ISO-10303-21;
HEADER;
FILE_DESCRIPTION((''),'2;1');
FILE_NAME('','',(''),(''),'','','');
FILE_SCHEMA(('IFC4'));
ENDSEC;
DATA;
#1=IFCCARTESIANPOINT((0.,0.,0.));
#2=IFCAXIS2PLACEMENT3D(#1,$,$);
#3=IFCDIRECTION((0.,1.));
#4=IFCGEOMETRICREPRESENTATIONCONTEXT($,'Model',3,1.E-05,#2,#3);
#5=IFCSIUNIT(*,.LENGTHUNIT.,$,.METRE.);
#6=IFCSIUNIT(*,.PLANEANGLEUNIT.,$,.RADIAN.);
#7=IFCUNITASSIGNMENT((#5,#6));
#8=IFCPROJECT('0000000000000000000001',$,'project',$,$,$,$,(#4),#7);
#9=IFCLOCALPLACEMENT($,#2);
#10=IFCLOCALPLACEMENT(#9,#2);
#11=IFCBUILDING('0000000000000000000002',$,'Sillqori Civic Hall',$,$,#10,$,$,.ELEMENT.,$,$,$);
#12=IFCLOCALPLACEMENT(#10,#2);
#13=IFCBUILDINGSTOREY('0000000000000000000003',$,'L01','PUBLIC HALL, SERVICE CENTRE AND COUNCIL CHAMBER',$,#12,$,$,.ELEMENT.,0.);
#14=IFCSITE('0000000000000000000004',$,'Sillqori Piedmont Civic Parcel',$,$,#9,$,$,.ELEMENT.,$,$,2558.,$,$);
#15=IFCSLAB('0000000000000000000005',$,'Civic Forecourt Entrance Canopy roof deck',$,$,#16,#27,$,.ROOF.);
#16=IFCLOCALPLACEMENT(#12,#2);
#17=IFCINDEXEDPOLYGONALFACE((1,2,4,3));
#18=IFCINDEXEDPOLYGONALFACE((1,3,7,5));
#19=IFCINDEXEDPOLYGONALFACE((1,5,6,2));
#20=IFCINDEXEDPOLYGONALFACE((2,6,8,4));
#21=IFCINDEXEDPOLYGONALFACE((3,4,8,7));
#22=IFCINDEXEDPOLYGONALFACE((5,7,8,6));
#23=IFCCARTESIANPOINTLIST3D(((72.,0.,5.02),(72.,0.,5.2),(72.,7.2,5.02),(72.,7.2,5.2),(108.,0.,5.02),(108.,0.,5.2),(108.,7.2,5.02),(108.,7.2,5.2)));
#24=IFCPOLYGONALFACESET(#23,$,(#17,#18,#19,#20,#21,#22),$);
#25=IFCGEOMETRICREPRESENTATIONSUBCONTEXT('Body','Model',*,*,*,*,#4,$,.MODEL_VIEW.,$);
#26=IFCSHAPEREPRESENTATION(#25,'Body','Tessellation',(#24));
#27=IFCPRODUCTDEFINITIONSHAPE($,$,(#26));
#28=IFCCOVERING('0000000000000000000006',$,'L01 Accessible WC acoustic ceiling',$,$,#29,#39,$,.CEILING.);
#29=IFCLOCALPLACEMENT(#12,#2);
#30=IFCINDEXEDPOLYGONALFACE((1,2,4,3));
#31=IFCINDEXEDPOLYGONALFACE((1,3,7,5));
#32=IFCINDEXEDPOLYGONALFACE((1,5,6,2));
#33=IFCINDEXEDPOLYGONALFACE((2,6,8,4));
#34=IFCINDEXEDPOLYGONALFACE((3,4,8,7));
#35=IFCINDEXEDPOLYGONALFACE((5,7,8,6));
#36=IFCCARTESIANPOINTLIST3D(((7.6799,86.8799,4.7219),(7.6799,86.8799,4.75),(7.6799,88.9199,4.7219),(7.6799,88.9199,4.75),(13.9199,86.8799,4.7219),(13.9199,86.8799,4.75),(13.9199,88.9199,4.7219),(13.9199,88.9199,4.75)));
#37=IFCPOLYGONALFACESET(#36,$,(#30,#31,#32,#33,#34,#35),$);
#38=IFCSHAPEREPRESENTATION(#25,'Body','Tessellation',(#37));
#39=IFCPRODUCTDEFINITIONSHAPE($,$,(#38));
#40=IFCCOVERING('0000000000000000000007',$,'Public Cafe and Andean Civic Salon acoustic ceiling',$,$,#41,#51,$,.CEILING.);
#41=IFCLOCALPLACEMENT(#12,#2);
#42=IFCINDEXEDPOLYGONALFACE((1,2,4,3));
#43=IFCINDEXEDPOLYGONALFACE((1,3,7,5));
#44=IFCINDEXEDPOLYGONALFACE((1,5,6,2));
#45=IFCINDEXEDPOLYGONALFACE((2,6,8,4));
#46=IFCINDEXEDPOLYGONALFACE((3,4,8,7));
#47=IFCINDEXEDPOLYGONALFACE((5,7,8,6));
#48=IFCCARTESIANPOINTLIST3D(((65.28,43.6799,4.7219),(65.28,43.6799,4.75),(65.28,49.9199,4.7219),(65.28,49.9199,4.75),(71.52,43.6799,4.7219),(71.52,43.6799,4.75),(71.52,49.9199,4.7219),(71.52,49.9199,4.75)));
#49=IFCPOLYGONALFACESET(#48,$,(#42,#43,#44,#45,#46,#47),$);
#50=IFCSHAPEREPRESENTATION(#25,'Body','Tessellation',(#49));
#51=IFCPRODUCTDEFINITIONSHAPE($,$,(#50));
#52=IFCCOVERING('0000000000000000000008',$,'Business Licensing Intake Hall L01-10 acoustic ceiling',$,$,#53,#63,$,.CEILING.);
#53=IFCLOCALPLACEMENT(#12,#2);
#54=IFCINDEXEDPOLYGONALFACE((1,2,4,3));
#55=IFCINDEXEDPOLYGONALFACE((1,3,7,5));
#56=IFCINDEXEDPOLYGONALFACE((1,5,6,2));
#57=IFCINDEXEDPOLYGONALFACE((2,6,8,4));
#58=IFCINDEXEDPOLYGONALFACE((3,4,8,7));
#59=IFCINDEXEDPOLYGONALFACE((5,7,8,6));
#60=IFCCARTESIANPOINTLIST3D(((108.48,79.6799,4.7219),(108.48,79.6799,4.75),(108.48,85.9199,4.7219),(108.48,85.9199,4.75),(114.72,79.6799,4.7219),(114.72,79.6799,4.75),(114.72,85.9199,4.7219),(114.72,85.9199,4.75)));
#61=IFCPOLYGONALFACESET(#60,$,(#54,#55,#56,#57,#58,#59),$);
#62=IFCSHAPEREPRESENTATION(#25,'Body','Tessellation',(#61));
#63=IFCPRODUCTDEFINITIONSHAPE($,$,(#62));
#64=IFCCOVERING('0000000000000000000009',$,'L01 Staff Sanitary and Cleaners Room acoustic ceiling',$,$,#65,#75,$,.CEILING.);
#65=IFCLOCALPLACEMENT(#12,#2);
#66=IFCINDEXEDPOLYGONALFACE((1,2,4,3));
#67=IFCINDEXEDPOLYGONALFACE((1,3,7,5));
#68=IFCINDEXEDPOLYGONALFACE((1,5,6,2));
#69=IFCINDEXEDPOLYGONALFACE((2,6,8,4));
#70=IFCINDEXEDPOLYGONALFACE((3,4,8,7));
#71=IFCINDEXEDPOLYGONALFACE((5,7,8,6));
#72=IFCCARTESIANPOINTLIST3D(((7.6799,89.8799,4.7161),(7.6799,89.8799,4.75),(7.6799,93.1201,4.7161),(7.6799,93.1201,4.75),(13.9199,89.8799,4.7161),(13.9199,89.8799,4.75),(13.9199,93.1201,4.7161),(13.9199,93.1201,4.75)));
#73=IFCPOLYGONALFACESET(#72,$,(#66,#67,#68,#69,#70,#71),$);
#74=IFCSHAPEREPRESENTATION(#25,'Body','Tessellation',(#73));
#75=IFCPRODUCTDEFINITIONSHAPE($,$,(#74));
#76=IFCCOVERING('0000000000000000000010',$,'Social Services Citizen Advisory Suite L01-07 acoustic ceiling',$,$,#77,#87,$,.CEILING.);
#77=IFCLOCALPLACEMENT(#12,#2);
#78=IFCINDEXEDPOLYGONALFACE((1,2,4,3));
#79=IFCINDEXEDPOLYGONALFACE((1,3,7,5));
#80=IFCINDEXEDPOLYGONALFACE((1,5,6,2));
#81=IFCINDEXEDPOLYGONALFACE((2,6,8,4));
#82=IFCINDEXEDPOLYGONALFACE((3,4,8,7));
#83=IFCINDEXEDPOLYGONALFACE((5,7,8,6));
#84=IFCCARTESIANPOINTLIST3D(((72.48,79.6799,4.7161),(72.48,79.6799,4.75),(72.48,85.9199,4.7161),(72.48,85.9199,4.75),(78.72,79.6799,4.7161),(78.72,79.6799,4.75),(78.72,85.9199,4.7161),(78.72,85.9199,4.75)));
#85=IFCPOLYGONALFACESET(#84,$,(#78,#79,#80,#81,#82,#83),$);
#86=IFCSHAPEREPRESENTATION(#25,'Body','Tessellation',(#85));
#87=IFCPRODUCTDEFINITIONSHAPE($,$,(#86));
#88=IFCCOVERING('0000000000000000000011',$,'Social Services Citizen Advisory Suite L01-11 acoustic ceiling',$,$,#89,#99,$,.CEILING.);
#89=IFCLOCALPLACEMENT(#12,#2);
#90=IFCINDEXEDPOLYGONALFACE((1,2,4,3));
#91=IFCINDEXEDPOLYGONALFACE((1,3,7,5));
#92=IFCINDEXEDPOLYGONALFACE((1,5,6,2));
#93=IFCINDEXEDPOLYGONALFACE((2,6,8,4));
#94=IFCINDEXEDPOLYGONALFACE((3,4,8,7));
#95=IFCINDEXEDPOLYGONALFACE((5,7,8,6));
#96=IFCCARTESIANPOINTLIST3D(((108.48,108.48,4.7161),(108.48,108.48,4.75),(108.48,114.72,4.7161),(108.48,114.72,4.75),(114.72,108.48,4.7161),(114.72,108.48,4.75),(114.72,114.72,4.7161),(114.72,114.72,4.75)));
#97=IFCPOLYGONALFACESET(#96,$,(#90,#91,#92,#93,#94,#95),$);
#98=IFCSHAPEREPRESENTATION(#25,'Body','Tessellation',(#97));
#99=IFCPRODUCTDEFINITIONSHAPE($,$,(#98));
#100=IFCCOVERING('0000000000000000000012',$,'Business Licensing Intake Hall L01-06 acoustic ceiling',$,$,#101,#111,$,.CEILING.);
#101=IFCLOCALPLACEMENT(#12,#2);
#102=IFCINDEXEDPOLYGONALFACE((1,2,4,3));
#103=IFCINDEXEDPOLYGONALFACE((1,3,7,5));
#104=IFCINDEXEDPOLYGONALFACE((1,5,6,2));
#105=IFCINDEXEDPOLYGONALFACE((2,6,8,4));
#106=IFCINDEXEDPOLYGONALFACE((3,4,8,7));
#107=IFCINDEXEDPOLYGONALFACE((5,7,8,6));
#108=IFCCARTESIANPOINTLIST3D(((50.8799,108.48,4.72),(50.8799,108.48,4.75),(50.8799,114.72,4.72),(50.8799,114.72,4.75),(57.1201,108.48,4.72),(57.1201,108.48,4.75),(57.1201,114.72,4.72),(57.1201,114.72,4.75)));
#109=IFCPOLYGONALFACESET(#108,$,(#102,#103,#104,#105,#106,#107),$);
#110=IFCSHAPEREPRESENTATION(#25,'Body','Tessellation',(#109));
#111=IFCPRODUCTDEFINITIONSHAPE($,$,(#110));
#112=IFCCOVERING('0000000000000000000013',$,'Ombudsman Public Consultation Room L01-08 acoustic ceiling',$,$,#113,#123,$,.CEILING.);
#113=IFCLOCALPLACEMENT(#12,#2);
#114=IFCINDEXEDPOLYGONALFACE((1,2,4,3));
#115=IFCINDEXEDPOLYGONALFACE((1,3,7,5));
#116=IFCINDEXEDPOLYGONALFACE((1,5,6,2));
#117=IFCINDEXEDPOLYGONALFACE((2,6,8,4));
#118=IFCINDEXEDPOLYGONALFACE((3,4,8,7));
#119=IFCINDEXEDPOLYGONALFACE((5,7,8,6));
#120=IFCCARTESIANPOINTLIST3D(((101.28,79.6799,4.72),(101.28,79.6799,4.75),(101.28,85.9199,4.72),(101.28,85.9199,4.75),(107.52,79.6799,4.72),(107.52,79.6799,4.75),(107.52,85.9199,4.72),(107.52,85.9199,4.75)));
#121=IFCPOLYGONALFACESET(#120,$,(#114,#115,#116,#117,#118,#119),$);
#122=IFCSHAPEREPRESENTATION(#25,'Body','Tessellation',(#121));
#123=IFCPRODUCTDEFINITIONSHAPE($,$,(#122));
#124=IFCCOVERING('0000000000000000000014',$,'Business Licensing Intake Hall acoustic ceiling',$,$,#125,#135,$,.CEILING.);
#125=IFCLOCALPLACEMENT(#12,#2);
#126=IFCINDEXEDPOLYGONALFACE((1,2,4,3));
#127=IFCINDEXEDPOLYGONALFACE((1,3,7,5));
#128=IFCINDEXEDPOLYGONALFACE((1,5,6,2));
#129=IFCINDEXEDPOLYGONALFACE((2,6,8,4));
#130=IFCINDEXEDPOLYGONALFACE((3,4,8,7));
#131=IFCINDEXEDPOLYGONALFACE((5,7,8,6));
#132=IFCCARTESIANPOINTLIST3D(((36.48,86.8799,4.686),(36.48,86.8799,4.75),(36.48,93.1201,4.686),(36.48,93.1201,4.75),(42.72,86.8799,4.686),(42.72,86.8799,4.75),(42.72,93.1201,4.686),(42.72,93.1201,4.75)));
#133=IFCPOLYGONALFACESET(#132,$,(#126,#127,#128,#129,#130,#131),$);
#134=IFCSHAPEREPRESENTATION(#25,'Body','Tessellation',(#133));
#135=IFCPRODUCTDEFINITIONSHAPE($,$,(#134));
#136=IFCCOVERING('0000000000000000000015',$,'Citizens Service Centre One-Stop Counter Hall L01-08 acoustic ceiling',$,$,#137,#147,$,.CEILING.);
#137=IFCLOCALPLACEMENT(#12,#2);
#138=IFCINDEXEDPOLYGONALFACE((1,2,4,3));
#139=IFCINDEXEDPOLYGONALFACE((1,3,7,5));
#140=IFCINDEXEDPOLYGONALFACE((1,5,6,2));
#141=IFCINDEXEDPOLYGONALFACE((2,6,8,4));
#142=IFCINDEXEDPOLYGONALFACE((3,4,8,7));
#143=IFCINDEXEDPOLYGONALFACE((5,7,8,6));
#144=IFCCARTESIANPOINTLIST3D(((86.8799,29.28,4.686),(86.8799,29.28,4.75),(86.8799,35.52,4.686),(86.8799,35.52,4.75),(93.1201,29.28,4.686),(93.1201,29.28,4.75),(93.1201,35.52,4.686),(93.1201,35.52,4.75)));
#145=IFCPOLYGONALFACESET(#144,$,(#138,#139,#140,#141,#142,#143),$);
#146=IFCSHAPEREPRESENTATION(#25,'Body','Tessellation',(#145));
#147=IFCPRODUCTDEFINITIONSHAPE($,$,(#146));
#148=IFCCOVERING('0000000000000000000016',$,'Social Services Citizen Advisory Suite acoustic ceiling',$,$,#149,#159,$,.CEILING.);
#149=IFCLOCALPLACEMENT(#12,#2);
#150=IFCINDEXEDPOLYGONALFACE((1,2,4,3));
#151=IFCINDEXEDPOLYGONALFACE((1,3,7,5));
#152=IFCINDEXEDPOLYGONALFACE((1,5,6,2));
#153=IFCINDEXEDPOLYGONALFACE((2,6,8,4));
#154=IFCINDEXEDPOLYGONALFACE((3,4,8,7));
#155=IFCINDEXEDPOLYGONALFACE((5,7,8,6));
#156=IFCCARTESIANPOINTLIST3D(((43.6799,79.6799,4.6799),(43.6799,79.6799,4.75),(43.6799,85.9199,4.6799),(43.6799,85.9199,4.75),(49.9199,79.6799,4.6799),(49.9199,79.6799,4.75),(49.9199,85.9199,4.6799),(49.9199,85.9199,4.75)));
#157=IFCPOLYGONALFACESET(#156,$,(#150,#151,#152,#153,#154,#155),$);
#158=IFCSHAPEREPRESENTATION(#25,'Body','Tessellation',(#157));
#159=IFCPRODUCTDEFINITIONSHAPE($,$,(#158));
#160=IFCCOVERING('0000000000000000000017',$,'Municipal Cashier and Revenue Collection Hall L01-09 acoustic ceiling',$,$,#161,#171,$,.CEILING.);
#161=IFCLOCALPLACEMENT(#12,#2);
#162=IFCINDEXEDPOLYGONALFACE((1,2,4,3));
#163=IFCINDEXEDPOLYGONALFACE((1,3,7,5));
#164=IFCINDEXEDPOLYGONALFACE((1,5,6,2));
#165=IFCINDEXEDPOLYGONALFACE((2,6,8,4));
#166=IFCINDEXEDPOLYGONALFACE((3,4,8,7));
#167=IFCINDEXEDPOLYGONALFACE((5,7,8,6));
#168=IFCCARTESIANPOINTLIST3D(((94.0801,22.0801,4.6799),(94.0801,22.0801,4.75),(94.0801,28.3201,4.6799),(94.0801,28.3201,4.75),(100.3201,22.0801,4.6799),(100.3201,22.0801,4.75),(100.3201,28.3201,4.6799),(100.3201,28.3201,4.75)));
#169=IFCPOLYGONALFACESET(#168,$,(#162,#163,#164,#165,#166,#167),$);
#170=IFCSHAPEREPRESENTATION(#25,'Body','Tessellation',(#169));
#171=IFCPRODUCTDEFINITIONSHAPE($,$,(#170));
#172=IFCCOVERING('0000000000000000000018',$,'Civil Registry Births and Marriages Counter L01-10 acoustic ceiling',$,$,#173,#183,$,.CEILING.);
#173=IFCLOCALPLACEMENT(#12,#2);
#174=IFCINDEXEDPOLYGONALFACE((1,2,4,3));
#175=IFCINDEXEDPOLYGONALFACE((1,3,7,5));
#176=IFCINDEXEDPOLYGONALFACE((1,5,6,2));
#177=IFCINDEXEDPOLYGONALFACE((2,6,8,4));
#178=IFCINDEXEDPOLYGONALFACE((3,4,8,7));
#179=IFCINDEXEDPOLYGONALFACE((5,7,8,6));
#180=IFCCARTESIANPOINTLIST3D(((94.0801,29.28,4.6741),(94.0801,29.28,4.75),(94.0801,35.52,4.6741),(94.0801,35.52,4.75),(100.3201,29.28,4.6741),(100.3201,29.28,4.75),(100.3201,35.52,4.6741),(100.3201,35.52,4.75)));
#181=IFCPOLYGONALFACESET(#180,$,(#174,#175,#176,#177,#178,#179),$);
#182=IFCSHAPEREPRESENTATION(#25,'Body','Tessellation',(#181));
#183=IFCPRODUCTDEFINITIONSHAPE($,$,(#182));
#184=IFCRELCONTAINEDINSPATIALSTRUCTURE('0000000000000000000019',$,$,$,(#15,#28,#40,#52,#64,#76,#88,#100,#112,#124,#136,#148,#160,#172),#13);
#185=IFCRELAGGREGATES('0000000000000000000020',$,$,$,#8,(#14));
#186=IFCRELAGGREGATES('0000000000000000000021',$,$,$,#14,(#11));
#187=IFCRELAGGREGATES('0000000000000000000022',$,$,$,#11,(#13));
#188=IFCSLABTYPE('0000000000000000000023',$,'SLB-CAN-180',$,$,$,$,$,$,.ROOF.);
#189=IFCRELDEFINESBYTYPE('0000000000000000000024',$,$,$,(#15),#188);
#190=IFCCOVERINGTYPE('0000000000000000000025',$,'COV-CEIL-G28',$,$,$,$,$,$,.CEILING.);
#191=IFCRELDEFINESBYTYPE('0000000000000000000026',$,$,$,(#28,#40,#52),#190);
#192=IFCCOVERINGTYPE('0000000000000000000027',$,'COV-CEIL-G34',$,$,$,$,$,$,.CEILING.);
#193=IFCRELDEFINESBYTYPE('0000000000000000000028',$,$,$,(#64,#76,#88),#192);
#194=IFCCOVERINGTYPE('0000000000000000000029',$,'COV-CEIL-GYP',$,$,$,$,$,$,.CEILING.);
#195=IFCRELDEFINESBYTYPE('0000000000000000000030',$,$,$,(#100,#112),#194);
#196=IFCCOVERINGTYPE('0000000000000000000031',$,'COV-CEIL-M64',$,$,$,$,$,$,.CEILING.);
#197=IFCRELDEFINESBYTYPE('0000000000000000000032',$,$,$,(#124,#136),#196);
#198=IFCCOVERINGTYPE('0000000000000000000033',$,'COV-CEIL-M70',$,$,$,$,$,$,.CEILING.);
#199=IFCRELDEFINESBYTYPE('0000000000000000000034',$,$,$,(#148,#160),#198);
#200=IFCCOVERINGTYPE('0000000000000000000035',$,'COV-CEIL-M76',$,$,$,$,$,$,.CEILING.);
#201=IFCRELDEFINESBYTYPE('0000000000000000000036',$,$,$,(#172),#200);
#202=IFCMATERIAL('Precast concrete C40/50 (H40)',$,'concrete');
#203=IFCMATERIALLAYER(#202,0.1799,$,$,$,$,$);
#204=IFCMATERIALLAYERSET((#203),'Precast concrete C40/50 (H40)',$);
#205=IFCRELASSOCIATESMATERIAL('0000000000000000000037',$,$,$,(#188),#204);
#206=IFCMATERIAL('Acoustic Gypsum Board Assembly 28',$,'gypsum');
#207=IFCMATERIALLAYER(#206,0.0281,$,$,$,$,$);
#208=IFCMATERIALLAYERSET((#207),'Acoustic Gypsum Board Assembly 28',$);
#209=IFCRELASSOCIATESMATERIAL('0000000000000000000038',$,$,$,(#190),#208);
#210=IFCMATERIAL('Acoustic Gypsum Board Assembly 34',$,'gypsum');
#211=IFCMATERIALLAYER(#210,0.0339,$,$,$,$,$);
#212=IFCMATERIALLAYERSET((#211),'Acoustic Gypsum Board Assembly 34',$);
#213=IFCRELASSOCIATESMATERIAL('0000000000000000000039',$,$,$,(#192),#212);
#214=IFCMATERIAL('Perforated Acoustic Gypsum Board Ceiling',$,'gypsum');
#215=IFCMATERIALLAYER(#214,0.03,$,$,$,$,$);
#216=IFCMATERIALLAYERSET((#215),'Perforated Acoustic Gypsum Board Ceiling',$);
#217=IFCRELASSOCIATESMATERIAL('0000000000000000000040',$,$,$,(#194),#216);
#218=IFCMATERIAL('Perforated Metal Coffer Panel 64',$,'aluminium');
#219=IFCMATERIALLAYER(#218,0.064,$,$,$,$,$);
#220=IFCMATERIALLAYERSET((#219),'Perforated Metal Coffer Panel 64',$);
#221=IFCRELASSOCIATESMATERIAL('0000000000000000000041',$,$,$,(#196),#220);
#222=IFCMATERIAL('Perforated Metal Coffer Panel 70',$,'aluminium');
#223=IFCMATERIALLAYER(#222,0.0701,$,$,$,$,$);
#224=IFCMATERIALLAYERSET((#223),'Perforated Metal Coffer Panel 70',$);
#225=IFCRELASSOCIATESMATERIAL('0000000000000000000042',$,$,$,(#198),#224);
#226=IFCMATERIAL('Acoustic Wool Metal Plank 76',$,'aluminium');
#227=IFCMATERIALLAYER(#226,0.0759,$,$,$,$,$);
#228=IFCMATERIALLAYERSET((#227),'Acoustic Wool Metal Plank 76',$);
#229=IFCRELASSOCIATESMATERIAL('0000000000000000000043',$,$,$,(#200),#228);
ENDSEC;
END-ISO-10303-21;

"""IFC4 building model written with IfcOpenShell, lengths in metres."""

from ifc_helpers import new_model, si_unit, direction, frame, origin, place, context, subcontext, project, spatial, polyline, outline, extrude, material, layer, layer_set, type_object, element, save


model = new_model("IFC4")

# Units and contexts
model_context = context("Model", 3, precision=1e-05, world=origin(), true_north=direction((0.0, 1.0)))
body_context = subcontext(model_context, "Body", "Model", "MODEL_VIEW")
ifc_project = project(units=[si_unit("LENGTHUNIT", "METRE"), si_unit("PLANEANGLEUNIT", "RADIAN")], contexts=[model_context])

# Site, building, storey
site_placement = place(None, origin())
site = spatial("IfcSite", under=ifc_project, at=site_placement, Name="Sillqori Piedmont Civic Parcel", CompositionType="ELEMENT", RefElevation=2558.0)
building_placement = place(site_placement, origin())
building = spatial("IfcBuilding", under=site, at=building_placement, Name="Sillqori Civic Hall", CompositionType="ELEMENT")
storey_placement = place(building_placement, origin())
storey = spatial("IfcBuildingStorey", under=building, at=storey_placement, Name="L01", Description="PUBLIC HALL, SERVICE CENTRE AND COUNCIL CHAMBER", CompositionType="ELEMENT", Elevation=0.0)

# Slab
ifc_material_1 = material(Name="Precast concrete C40/50 (H40)", Category="concrete")
ifc_layer_1 = layer(ifc_material_1, 0.1799)
ifc_layer_set_1 = layer_set([ifc_layer_1], Name="Precast concrete C40/50 (H40)")
slab_type = type_object("IfcSlabType", Name="SLB-CAN-180", PredefinedType="ROOF", material=ifc_layer_set_1)
slab_placement = place(storey_placement, frame((0.0, 0.0, 5.02)))
element("IfcSlab", 1, at=slab_placement, inside=storey, type_object=slab_type, Name="Civic Forecourt Entrance Canopy roof deck", PredefinedType="ROOF", context=body_context, shape_type="SweptSolid", body=[
    extrude(outline(polyline([(108.0, 0.0), (108.0, 7.2), (72.0, 7.2), (72.0, 0.0), (108.0, 0.0)])), origin(), (0.0, 0.0, 1.0), 0.1799),
])

# Coverings
ifc_material_2 = material(Name="Acoustic Gypsum Board Assembly 28", Category="gypsum")
ifc_layer_2 = layer(ifc_material_2, 0.0281)
ifc_layer_set_2 = layer_set([ifc_layer_2], Name="Acoustic Gypsum Board Assembly 28")
covering_type_1 = type_object("IfcCoveringType", Name="COV-CEIL-G28", PredefinedType="CEILING", material=ifc_layer_set_2)
covering_1_placement = place(storey_placement, frame((0.0, 0.0, 4.7219)))
element("IfcCovering", 2, at=covering_1_placement, inside=storey, type_object=covering_type_1, Name="L01 Accessible WC acoustic ceiling", PredefinedType="CEILING", context=body_context, shape_type="SweptSolid", body=[
    extrude(outline(polyline([(7.6799, 86.8799), (13.9199, 86.8799), (13.9199, 88.9199), (7.6799, 88.9199), (7.6799, 86.8799)])), origin(), (0.0, 0.0, 1.0), 0.0281),
])
covering_2_placement = place(storey_placement, frame((0.0, 0.0, 4.7219)))
element("IfcCovering", 3, at=covering_2_placement, inside=storey, type_object=covering_type_1, Name="Public Cafe and Andean Civic Salon acoustic ceiling", PredefinedType="CEILING", context=body_context, shape_type="SweptSolid", body=[
    extrude(outline(polyline([(65.28, 43.6799), (71.52, 43.6799), (71.52, 49.9199), (65.28, 49.9199), (65.28, 43.6799)])), origin(), (0.0, 0.0, 1.0), 0.0281),
])
covering_3_placement = place(storey_placement, frame((0.0, 0.0, 4.7219)))
element("IfcCovering", 4, at=covering_3_placement, inside=storey, type_object=covering_type_1, Name="Business Licensing Intake Hall L01-10 acoustic ceiling", PredefinedType="CEILING", context=body_context, shape_type="SweptSolid", body=[
    extrude(outline(polyline([(108.48, 79.6799), (114.72, 79.6799), (114.72, 85.9199), (108.48, 85.9199), (108.48, 79.6799)])), origin(), (0.0, 0.0, 1.0), 0.0281),
])
ifc_material_3 = material(Name="Acoustic Gypsum Board Assembly 34", Category="gypsum")
ifc_layer_3 = layer(ifc_material_3, 0.0339)
ifc_layer_set_3 = layer_set([ifc_layer_3], Name="Acoustic Gypsum Board Assembly 34")
covering_type_2 = type_object("IfcCoveringType", Name="COV-CEIL-G34", PredefinedType="CEILING", material=ifc_layer_set_3)
covering_4_placement = place(storey_placement, frame((0.0, 0.0, 4.7161)))
element("IfcCovering", 5, at=covering_4_placement, inside=storey, type_object=covering_type_2, Name="L01 Staff Sanitary and Cleaners Room acoustic ceiling", PredefinedType="CEILING", context=body_context, shape_type="SweptSolid", body=[
    extrude(outline(polyline([(7.6799, 89.8799), (13.9199, 89.8799), (13.9199, 93.1201), (7.6799, 93.1201), (7.6799, 89.8799)])), origin(), (0.0, 0.0, 1.0), 0.0339),
])
covering_5_placement = place(storey_placement, frame((0.0, 0.0, 4.7161)))
element("IfcCovering", 6, at=covering_5_placement, inside=storey, type_object=covering_type_2, Name="Social Services Citizen Advisory Suite L01-07 acoustic ceiling", PredefinedType="CEILING", context=body_context, shape_type="SweptSolid", body=[
    extrude(outline(polyline([(72.48, 79.6799), (78.72, 79.6799), (78.72, 85.9199), (72.48, 85.9199), (72.48, 79.6799)])), origin(), (0.0, 0.0, 1.0), 0.0339),
])
covering_6_placement = place(storey_placement, frame((0.0, 0.0, 4.7161)))
element("IfcCovering", 7, at=covering_6_placement, inside=storey, type_object=covering_type_2, Name="Social Services Citizen Advisory Suite L01-11 acoustic ceiling", PredefinedType="CEILING", context=body_context, shape_type="SweptSolid", body=[
    extrude(outline(polyline([(108.48, 108.48), (114.72, 108.48), (114.72, 114.72), (108.48, 114.72), (108.48, 108.48)])), origin(), (0.0, 0.0, 1.0), 0.0339),
])
ifc_material_4 = material(Name="Perforated Acoustic Gypsum Board Ceiling", Category="gypsum")
ifc_layer_4 = layer(ifc_material_4, 0.03)
ifc_layer_set_4 = layer_set([ifc_layer_4], Name="Perforated Acoustic Gypsum Board Ceiling")
covering_type_3 = type_object("IfcCoveringType", Name="COV-CEIL-GYP", PredefinedType="CEILING", material=ifc_layer_set_4)
covering_7_placement = place(storey_placement, frame((0.0, 0.0, 4.72)))
element("IfcCovering", 8, at=covering_7_placement, inside=storey, type_object=covering_type_3, Name="Business Licensing Intake Hall L01-06 acoustic ceiling", PredefinedType="CEILING", context=body_context, shape_type="SweptSolid", body=[
    extrude(outline(polyline([(50.8799, 108.48), (57.1201, 108.48), (57.1201, 114.72), (50.8799, 114.72), (50.8799, 108.48)])), origin(), (0.0, 0.0, 1.0), 0.03),
])
covering_8_placement = place(storey_placement, frame((0.0, 0.0, 4.72)))
element("IfcCovering", 9, at=covering_8_placement, inside=storey, type_object=covering_type_3, Name="Ombudsman Public Consultation Room L01-08 acoustic ceiling", PredefinedType="CEILING", context=body_context, shape_type="SweptSolid", body=[
    extrude(outline(polyline([(101.28, 79.6799), (107.52, 79.6799), (107.52, 85.9199), (101.28, 85.9199), (101.28, 79.6799)])), origin(), (0.0, 0.0, 1.0), 0.03),
])
ifc_material_5 = material(Name="Perforated Metal Coffer Panel 64", Category="aluminium")
ifc_layer_5 = layer(ifc_material_5, 0.064)
ifc_layer_set_5 = layer_set([ifc_layer_5], Name="Perforated Metal Coffer Panel 64")
covering_type_4 = type_object("IfcCoveringType", Name="COV-CEIL-M64", PredefinedType="CEILING", material=ifc_layer_set_5)
covering_9_placement = place(storey_placement, frame((0.0, 0.0, 4.686)))
element("IfcCovering", 10, at=covering_9_placement, inside=storey, type_object=covering_type_4, Name="Business Licensing Intake Hall acoustic ceiling", PredefinedType="CEILING", context=body_context, shape_type="SweptSolid", body=[
    extrude(outline(polyline([(36.48, 86.8799), (42.72, 86.8799), (42.72, 93.1201), (36.48, 93.1201), (36.48, 86.8799)])), origin(), (0.0, 0.0, 1.0), 0.064),
])
covering_10_placement = place(storey_placement, frame((0.0, 0.0, 4.686)))
element("IfcCovering", 11, at=covering_10_placement, inside=storey, type_object=covering_type_4, Name="Citizens Service Centre One-Stop Counter Hall L01-08 acoustic ceiling", PredefinedType="CEILING", context=body_context, shape_type="SweptSolid", body=[
    extrude(outline(polyline([(86.8799, 29.28), (93.1201, 29.28), (93.1201, 35.52), (86.8799, 35.52), (86.8799, 29.28)])), origin(), (0.0, 0.0, 1.0), 0.064),
])
ifc_material_6 = material(Name="Perforated Metal Coffer Panel 70", Category="aluminium")
ifc_layer_6 = layer(ifc_material_6, 0.0701)
ifc_layer_set_6 = layer_set([ifc_layer_6], Name="Perforated Metal Coffer Panel 70")
covering_type_5 = type_object("IfcCoveringType", Name="COV-CEIL-M70", PredefinedType="CEILING", material=ifc_layer_set_6)
covering_11_placement = place(storey_placement, frame((0.0, 0.0, 4.6799)))
element("IfcCovering", 12, at=covering_11_placement, inside=storey, type_object=covering_type_5, Name="Social Services Citizen Advisory Suite acoustic ceiling", PredefinedType="CEILING", context=body_context, shape_type="SweptSolid", body=[
    extrude(outline(polyline([(43.6799, 79.6799), (49.9199, 79.6799), (49.9199, 85.9199), (43.6799, 85.9199), (43.6799, 79.6799)])), origin(), (0.0, 0.0, 1.0), 0.0701),
])
covering_12_placement = place(storey_placement, frame((0.0, 0.0, 4.6799)))
element("IfcCovering", 13, at=covering_12_placement, inside=storey, type_object=covering_type_5, Name="Municipal Cashier and Revenue Collection Hall L01-09 acoustic ceiling", PredefinedType="CEILING", context=body_context, shape_type="SweptSolid", body=[
    extrude(outline(polyline([(94.0801, 22.0801), (100.3201, 22.0801), (100.3201, 28.3201), (94.0801, 28.3201), (94.0801, 22.0801)])), origin(), (0.0, 0.0, 1.0), 0.0701),
])
ifc_material_7 = material(Name="Acoustic Wool Metal Plank 76", Category="aluminium")
ifc_layer_7 = layer(ifc_material_7, 0.0759)
ifc_layer_set_7 = layer_set([ifc_layer_7], Name="Acoustic Wool Metal Plank 76")
covering_type_6 = type_object("IfcCoveringType", Name="COV-CEIL-M76", PredefinedType="CEILING", material=ifc_layer_set_7)
covering_13_placement = place(storey_placement, frame((0.0, 0.0, 4.6741)))
element("IfcCovering", 14, at=covering_13_placement, inside=storey, type_object=covering_type_6, Name="Civil Registry Births and Marriages Counter L01-10 acoustic ceiling", PredefinedType="CEILING", context=body_context, shape_type="SweptSolid", body=[
    extrude(outline(polyline([(94.0801, 29.28), (100.3201, 29.28), (100.3201, 35.52), (94.0801, 35.52), (94.0801, 29.28)])), origin(), (0.0, 0.0, 1.0), 0.0759),
])

save(model, "model.ifc")
